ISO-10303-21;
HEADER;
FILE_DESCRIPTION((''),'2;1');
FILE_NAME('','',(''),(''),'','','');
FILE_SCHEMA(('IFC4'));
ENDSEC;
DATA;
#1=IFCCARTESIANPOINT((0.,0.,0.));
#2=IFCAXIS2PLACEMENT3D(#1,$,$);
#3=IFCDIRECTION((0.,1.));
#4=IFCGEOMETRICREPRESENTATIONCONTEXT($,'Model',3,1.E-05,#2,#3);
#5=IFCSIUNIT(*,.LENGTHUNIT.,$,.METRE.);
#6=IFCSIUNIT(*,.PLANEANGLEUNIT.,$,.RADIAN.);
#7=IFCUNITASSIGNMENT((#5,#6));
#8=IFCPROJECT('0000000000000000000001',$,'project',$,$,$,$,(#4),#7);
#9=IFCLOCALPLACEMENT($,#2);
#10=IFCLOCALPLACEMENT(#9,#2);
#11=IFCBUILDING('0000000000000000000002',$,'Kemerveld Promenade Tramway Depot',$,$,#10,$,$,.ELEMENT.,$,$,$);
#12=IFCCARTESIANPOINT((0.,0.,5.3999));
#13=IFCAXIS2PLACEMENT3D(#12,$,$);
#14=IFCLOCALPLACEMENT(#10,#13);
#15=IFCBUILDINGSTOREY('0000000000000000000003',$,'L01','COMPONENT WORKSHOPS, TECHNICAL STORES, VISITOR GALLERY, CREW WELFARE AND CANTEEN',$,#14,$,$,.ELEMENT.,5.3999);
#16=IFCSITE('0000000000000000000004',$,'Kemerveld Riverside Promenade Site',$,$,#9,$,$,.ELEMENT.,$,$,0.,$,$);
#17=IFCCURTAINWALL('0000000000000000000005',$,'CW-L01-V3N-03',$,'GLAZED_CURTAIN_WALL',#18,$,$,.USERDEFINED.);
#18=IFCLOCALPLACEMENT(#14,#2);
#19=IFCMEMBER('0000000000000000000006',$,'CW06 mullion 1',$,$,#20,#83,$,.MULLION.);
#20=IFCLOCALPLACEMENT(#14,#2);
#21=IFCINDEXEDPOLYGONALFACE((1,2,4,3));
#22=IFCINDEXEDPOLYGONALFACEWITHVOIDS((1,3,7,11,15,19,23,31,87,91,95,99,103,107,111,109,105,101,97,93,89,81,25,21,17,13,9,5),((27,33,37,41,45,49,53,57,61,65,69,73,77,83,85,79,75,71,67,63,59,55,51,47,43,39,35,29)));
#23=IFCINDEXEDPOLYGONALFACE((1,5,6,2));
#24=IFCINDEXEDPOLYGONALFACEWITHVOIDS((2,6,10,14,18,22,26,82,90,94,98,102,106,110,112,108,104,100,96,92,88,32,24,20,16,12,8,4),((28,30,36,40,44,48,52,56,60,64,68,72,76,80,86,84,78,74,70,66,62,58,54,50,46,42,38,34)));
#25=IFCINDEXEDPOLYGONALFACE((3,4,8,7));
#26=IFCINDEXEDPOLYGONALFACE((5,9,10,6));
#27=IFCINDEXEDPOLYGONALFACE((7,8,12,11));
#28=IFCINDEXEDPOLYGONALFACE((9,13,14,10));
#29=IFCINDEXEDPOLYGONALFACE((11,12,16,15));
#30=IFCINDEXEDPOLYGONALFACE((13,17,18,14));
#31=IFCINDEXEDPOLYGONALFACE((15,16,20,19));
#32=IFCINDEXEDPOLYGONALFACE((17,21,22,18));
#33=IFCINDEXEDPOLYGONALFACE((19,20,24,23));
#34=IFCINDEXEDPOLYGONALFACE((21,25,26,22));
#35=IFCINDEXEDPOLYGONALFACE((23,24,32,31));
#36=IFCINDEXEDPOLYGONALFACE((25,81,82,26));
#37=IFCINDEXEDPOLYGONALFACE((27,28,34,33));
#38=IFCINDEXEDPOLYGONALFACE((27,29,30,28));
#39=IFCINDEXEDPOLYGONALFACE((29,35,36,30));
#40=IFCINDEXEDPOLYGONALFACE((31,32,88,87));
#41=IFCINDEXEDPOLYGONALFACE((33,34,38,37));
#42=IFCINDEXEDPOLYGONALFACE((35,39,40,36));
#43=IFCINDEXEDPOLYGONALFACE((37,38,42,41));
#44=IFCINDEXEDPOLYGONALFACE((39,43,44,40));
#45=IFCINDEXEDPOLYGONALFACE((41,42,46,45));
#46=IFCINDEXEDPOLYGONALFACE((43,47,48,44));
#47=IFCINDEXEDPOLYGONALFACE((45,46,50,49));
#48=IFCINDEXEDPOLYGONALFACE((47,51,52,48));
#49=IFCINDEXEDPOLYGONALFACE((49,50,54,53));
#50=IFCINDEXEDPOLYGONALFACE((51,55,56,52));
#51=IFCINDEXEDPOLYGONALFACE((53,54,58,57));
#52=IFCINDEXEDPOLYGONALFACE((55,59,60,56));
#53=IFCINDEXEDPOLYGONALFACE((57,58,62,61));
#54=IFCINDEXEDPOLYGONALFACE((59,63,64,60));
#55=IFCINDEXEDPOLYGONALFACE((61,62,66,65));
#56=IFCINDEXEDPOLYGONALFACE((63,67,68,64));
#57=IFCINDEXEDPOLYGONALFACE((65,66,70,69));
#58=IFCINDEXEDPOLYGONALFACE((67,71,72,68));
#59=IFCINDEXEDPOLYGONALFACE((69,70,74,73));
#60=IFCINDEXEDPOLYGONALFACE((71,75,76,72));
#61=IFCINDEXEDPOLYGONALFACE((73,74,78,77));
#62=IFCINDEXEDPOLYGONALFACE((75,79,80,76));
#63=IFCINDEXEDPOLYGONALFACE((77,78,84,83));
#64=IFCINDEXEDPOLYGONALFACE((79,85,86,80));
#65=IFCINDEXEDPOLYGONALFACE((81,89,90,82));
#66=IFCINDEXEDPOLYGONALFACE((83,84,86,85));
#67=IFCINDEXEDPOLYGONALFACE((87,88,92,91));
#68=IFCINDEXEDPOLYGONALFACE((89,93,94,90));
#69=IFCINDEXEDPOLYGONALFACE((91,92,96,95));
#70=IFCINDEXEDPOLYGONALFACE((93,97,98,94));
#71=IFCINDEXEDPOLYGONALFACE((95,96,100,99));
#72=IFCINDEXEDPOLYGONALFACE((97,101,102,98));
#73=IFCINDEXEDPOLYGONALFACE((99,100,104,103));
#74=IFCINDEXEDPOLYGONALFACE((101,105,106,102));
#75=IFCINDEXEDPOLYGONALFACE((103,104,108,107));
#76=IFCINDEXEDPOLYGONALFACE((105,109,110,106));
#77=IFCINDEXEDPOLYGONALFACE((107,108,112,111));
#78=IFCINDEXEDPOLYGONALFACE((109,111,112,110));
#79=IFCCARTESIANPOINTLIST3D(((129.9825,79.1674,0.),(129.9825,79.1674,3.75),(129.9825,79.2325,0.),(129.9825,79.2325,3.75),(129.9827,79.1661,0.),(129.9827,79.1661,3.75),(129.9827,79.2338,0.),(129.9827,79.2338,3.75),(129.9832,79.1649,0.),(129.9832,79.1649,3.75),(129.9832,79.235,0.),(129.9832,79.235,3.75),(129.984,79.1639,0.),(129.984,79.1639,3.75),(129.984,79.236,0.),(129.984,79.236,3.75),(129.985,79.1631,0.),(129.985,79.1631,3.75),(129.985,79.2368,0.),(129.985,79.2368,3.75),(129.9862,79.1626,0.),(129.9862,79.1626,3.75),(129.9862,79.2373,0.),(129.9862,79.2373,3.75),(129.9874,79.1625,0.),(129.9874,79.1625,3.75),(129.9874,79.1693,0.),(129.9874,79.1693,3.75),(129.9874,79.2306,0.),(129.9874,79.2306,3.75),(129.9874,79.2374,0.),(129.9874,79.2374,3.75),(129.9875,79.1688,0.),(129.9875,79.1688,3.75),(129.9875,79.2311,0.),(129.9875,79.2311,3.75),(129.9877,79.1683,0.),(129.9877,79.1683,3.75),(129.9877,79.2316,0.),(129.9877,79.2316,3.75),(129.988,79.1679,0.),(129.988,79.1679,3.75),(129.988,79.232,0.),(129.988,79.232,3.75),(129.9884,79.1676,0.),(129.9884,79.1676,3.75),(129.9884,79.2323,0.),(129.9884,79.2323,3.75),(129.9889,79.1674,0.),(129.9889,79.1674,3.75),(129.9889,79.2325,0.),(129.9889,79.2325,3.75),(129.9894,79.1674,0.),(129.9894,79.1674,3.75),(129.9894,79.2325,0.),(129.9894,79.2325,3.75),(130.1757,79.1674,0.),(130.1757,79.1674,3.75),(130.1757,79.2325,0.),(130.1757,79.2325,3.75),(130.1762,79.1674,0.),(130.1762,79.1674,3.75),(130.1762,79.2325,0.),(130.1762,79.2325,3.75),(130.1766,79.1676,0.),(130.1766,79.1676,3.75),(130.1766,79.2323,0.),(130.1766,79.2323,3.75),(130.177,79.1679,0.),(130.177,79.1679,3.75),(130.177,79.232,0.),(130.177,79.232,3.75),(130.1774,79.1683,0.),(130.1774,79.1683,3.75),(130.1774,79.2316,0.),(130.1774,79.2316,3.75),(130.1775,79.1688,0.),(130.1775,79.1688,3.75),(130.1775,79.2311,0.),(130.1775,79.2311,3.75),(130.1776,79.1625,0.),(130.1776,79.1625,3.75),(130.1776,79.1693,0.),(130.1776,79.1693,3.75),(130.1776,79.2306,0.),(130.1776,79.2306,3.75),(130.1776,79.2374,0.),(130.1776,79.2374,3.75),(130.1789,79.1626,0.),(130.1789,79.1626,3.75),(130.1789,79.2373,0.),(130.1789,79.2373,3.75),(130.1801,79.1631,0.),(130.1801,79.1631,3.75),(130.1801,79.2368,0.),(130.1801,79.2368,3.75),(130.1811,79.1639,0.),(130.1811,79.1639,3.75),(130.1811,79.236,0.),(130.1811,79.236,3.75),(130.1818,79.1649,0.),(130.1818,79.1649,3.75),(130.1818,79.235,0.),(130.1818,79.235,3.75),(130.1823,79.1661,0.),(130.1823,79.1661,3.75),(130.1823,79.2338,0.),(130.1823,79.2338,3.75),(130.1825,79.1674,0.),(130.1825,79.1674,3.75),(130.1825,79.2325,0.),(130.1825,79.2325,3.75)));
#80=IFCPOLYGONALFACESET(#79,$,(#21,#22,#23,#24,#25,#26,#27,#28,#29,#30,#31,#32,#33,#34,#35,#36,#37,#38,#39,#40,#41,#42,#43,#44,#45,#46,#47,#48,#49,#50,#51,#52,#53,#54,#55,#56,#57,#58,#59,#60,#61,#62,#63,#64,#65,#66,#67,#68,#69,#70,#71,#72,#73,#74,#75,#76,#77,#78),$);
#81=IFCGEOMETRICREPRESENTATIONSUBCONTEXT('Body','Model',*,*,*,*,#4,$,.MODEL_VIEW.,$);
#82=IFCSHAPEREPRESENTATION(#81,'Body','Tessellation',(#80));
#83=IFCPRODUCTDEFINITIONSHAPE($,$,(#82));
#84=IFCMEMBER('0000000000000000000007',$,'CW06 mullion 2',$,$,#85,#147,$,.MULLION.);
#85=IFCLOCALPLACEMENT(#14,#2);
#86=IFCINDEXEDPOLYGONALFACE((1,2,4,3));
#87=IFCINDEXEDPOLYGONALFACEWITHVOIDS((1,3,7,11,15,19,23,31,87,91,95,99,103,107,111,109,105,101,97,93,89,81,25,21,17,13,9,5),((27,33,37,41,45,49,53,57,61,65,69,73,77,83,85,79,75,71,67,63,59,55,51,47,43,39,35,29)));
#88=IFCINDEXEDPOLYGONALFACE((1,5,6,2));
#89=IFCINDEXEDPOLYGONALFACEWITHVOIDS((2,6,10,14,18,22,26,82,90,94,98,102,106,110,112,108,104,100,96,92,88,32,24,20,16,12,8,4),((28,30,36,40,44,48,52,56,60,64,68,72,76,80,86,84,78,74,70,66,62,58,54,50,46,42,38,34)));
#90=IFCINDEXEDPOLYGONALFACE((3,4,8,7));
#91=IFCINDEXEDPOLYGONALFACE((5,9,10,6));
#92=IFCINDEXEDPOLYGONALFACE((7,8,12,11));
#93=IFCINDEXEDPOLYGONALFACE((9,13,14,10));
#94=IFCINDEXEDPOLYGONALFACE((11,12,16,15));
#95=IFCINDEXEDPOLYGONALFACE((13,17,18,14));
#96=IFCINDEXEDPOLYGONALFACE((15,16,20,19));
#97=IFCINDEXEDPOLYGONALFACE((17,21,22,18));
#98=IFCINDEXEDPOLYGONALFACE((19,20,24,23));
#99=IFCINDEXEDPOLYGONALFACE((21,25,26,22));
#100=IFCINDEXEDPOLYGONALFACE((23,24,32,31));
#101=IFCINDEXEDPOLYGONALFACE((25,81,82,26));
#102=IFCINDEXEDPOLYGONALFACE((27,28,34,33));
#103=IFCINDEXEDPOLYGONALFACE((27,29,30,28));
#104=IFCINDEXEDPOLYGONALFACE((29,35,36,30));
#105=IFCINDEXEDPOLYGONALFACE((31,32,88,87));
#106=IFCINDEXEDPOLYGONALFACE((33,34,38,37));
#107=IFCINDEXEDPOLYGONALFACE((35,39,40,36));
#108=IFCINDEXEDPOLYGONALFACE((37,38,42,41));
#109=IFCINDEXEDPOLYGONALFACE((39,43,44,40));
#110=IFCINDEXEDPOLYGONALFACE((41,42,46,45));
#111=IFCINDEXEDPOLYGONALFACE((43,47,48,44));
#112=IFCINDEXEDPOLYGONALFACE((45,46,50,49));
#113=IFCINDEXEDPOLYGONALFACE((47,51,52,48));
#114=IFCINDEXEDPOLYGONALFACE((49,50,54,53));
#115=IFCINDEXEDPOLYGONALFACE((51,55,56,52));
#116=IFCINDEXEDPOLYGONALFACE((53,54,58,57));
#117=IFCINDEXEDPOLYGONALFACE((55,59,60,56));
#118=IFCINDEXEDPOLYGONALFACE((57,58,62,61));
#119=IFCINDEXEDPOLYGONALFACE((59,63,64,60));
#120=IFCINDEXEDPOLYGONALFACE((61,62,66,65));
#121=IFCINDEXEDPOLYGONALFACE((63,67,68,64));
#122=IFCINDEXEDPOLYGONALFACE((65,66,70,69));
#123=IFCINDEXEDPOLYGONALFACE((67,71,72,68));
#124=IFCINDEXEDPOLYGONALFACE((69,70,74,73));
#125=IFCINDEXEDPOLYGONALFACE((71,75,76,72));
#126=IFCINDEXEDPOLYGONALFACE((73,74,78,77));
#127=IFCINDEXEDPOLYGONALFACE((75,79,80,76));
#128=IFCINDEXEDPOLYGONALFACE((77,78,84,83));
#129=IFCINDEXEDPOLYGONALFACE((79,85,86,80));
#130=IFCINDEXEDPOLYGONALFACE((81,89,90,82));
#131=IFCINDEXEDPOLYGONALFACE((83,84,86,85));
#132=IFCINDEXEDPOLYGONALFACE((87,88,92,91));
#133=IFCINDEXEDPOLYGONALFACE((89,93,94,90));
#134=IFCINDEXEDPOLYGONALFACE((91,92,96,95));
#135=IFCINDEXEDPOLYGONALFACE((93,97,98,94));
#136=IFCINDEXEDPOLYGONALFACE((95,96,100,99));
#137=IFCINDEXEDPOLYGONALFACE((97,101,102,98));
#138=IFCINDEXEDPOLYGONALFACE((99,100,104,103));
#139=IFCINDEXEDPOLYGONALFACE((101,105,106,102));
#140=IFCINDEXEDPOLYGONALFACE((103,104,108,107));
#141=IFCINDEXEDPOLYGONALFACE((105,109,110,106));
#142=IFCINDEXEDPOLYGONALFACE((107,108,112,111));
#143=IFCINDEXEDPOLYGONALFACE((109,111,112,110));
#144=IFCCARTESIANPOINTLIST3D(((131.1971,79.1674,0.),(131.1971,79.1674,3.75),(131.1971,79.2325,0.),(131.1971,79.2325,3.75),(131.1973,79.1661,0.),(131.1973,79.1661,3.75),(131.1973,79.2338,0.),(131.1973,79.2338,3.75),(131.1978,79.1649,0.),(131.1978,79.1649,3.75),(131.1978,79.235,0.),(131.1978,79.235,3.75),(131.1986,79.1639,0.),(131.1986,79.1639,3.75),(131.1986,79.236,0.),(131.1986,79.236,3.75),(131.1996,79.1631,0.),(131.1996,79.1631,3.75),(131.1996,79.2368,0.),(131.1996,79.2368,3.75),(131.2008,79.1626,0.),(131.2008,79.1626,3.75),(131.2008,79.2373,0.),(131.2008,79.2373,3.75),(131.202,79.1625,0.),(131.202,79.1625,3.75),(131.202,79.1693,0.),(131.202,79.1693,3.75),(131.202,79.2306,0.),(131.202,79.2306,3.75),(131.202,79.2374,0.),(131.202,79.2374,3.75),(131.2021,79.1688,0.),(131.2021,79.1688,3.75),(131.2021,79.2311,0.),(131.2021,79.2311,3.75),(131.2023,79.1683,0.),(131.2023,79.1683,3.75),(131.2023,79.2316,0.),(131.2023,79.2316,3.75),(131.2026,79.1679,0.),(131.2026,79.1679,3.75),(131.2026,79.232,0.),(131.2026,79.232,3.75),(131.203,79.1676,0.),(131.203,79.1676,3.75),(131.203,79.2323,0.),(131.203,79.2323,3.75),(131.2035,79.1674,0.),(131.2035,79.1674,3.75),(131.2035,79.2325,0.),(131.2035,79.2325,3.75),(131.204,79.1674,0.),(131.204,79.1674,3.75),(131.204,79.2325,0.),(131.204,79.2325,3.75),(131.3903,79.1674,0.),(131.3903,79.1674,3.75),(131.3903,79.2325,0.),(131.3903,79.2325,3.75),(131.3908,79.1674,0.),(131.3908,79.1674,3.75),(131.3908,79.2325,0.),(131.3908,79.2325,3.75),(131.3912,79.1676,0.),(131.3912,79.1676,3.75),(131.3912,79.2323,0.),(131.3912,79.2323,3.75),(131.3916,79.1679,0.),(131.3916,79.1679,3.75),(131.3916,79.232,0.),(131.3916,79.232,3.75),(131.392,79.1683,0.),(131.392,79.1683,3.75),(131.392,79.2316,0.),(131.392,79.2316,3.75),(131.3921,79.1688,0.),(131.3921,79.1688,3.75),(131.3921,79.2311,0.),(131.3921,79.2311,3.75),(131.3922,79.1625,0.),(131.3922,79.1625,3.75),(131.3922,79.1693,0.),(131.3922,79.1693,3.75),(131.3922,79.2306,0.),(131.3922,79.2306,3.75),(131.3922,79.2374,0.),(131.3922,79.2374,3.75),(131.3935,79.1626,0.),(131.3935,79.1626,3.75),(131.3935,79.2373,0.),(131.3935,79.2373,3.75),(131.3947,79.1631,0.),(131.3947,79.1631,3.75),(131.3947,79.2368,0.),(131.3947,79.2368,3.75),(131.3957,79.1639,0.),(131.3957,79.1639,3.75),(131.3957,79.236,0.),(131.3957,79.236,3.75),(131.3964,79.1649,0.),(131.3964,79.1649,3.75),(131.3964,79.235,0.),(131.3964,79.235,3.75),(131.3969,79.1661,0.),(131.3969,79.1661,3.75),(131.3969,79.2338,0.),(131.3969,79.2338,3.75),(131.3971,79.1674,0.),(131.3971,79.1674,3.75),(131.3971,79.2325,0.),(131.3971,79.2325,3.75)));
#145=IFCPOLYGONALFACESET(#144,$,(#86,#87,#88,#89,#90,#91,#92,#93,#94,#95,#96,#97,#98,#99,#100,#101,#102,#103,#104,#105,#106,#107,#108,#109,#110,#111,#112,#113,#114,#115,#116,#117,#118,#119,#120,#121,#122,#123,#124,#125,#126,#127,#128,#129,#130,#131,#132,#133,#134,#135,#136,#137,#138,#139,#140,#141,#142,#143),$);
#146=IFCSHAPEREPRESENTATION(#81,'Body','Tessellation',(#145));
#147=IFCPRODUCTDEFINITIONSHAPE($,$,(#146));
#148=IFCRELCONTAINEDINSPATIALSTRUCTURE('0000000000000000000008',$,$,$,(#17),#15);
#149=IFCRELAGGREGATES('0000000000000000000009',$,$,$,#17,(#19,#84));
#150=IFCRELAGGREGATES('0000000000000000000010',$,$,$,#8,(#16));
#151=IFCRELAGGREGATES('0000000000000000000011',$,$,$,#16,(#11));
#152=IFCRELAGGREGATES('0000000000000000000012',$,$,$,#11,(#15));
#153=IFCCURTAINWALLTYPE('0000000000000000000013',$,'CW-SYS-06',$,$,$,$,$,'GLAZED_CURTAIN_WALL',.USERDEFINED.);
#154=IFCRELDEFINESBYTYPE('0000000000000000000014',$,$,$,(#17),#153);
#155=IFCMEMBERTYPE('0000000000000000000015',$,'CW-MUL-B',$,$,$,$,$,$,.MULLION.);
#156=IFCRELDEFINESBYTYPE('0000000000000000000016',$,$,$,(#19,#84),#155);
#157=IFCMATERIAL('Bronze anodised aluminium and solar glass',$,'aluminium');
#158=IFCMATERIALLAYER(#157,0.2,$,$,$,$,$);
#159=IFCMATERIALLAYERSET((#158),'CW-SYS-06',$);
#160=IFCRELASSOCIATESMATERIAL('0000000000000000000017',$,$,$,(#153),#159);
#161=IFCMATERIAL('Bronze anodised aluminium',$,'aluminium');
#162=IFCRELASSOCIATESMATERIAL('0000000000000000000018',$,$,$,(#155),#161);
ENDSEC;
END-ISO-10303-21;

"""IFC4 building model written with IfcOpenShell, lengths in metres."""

from ifc_helpers import new_model, si_unit, direction, frame, origin, origin_2d, place, context, subcontext, project, spatial, hollow_rectangle, extrude, material, layer, layer_set, material_profile, profile_set, type_object, element, aggregate, save


model = new_model("IFC4")

# Units and contexts
model_context = context("Model", 3, precision=1e-05, world=origin(), true_north=direction((0.0, 1.0)))
body_context = subcontext(model_context, "Body", "Model", "MODEL_VIEW")
ifc_project = project(units=[si_unit("LENGTHUNIT", "METRE"), si_unit("PLANEANGLEUNIT", "RADIAN")], contexts=[model_context])

# Site, building, storey
site_placement = place(None, origin())
site = spatial("IfcSite", under=ifc_project, at=site_placement, Name="Kemerveld Riverside Promenade Site", CompositionType="ELEMENT", RefElevation=0.0)
building_placement = place(site_placement, origin())
building = spatial("IfcBuilding", under=site, at=building_placement, Name="Kemerveld Promenade Tramway Depot", CompositionType="ELEMENT")
storey_placement = place(building_placement, frame((0.0, 0.0, 5.3999)))
storey = spatial("IfcBuildingStorey", under=building, at=storey_placement, Name="L01", Description="COMPONENT WORKSHOPS, TECHNICAL STORES, VISITOR GALLERY, CREW WELFARE AND CANTEEN", CompositionType="ELEMENT", Elevation=5.3999)

# Curtain wall, members
ifc_material_1 = material(Name="Bronze anodised aluminium and solar glass", Category="aluminium")
ifc_layer_1 = layer(ifc_material_1, 0.2)
ifc_layer_set_1 = layer_set([ifc_layer_1], Name="CW-SYS-06")
curtain_wall_type = type_object("IfcCurtainWallType", Name="CW-SYS-06", ElementType="GLAZED_CURTAIN_WALL", PredefinedType="USERDEFINED", material=ifc_layer_set_1)
curtain_wall_placement = place(storey_placement, origin())
curtain_wall = element("IfcCurtainWall", 1, at=curtain_wall_placement, inside=storey, type_object=curtain_wall_type, Name="CW-L01-V3N-03", ObjectType="GLAZED_CURTAIN_WALL", PredefinedType="USERDEFINED")
ifc_material_2 = material(Name="Bronze anodised aluminium", Category="aluminium")
ifc_material_profile_1 = material_profile(ifc_material_2, hollow_rectangle(XDim=0.075, YDim=0.2, WallThickness=0.0049, InnerFilletRadius=0.002, OuterFilletRadius=0.0049, at=origin_2d()), Name="CW-MUL-200x75")
ifc_profile_set_1 = profile_set([ifc_material_profile_1], Name="Bronze anodised aluminium")
member_type_1 = type_object("IfcMemberType", Name="CW-MUL-B", PredefinedType="MULLION", material=ifc_profile_set_1)
member_1_placement = place(storey_placement, frame((130.0825, 79.2, 0.0), z_axis=(0.0, 0.0, 1.0), x_axis=(0.0, 1.0, 0.0)))
member_1 = element("IfcMember", 2, at=member_1_placement, type_object=member_type_1, Name="CW06 mullion 1", PredefinedType="MULLION", context=body_context, shape_type="SweptSolid", body=[
    extrude(hollow_rectangle(XDim=0.075, YDim=0.2, WallThickness=0.0049, InnerFilletRadius=0.002, OuterFilletRadius=0.0049, at=origin_2d()), origin(), (0.0, 0.0, 1.0), 3.75),
])
member_2_placement = place(storey_placement, frame((131.2971, 79.2, 0.0), z_axis=(0.0, 0.0, 1.0), x_axis=(0.0, 1.0, 0.0)))
member_2 = element("IfcMember", 3, at=member_2_placement, type_object=member_type_1, Name="CW06 mullion 2", PredefinedType="MULLION", context=body_context, shape_type="SweptSolid", body=[
    extrude(hollow_rectangle(XDim=0.075, YDim=0.2, WallThickness=0.0049, InnerFilletRadius=0.002, OuterFilletRadius=0.0049, at=origin_2d()), origin(), (0.0, 0.0, 1.0), 3.75),
])
aggregate(curtain_wall, [member_1, member_2])

save(model, "model.ifc")
